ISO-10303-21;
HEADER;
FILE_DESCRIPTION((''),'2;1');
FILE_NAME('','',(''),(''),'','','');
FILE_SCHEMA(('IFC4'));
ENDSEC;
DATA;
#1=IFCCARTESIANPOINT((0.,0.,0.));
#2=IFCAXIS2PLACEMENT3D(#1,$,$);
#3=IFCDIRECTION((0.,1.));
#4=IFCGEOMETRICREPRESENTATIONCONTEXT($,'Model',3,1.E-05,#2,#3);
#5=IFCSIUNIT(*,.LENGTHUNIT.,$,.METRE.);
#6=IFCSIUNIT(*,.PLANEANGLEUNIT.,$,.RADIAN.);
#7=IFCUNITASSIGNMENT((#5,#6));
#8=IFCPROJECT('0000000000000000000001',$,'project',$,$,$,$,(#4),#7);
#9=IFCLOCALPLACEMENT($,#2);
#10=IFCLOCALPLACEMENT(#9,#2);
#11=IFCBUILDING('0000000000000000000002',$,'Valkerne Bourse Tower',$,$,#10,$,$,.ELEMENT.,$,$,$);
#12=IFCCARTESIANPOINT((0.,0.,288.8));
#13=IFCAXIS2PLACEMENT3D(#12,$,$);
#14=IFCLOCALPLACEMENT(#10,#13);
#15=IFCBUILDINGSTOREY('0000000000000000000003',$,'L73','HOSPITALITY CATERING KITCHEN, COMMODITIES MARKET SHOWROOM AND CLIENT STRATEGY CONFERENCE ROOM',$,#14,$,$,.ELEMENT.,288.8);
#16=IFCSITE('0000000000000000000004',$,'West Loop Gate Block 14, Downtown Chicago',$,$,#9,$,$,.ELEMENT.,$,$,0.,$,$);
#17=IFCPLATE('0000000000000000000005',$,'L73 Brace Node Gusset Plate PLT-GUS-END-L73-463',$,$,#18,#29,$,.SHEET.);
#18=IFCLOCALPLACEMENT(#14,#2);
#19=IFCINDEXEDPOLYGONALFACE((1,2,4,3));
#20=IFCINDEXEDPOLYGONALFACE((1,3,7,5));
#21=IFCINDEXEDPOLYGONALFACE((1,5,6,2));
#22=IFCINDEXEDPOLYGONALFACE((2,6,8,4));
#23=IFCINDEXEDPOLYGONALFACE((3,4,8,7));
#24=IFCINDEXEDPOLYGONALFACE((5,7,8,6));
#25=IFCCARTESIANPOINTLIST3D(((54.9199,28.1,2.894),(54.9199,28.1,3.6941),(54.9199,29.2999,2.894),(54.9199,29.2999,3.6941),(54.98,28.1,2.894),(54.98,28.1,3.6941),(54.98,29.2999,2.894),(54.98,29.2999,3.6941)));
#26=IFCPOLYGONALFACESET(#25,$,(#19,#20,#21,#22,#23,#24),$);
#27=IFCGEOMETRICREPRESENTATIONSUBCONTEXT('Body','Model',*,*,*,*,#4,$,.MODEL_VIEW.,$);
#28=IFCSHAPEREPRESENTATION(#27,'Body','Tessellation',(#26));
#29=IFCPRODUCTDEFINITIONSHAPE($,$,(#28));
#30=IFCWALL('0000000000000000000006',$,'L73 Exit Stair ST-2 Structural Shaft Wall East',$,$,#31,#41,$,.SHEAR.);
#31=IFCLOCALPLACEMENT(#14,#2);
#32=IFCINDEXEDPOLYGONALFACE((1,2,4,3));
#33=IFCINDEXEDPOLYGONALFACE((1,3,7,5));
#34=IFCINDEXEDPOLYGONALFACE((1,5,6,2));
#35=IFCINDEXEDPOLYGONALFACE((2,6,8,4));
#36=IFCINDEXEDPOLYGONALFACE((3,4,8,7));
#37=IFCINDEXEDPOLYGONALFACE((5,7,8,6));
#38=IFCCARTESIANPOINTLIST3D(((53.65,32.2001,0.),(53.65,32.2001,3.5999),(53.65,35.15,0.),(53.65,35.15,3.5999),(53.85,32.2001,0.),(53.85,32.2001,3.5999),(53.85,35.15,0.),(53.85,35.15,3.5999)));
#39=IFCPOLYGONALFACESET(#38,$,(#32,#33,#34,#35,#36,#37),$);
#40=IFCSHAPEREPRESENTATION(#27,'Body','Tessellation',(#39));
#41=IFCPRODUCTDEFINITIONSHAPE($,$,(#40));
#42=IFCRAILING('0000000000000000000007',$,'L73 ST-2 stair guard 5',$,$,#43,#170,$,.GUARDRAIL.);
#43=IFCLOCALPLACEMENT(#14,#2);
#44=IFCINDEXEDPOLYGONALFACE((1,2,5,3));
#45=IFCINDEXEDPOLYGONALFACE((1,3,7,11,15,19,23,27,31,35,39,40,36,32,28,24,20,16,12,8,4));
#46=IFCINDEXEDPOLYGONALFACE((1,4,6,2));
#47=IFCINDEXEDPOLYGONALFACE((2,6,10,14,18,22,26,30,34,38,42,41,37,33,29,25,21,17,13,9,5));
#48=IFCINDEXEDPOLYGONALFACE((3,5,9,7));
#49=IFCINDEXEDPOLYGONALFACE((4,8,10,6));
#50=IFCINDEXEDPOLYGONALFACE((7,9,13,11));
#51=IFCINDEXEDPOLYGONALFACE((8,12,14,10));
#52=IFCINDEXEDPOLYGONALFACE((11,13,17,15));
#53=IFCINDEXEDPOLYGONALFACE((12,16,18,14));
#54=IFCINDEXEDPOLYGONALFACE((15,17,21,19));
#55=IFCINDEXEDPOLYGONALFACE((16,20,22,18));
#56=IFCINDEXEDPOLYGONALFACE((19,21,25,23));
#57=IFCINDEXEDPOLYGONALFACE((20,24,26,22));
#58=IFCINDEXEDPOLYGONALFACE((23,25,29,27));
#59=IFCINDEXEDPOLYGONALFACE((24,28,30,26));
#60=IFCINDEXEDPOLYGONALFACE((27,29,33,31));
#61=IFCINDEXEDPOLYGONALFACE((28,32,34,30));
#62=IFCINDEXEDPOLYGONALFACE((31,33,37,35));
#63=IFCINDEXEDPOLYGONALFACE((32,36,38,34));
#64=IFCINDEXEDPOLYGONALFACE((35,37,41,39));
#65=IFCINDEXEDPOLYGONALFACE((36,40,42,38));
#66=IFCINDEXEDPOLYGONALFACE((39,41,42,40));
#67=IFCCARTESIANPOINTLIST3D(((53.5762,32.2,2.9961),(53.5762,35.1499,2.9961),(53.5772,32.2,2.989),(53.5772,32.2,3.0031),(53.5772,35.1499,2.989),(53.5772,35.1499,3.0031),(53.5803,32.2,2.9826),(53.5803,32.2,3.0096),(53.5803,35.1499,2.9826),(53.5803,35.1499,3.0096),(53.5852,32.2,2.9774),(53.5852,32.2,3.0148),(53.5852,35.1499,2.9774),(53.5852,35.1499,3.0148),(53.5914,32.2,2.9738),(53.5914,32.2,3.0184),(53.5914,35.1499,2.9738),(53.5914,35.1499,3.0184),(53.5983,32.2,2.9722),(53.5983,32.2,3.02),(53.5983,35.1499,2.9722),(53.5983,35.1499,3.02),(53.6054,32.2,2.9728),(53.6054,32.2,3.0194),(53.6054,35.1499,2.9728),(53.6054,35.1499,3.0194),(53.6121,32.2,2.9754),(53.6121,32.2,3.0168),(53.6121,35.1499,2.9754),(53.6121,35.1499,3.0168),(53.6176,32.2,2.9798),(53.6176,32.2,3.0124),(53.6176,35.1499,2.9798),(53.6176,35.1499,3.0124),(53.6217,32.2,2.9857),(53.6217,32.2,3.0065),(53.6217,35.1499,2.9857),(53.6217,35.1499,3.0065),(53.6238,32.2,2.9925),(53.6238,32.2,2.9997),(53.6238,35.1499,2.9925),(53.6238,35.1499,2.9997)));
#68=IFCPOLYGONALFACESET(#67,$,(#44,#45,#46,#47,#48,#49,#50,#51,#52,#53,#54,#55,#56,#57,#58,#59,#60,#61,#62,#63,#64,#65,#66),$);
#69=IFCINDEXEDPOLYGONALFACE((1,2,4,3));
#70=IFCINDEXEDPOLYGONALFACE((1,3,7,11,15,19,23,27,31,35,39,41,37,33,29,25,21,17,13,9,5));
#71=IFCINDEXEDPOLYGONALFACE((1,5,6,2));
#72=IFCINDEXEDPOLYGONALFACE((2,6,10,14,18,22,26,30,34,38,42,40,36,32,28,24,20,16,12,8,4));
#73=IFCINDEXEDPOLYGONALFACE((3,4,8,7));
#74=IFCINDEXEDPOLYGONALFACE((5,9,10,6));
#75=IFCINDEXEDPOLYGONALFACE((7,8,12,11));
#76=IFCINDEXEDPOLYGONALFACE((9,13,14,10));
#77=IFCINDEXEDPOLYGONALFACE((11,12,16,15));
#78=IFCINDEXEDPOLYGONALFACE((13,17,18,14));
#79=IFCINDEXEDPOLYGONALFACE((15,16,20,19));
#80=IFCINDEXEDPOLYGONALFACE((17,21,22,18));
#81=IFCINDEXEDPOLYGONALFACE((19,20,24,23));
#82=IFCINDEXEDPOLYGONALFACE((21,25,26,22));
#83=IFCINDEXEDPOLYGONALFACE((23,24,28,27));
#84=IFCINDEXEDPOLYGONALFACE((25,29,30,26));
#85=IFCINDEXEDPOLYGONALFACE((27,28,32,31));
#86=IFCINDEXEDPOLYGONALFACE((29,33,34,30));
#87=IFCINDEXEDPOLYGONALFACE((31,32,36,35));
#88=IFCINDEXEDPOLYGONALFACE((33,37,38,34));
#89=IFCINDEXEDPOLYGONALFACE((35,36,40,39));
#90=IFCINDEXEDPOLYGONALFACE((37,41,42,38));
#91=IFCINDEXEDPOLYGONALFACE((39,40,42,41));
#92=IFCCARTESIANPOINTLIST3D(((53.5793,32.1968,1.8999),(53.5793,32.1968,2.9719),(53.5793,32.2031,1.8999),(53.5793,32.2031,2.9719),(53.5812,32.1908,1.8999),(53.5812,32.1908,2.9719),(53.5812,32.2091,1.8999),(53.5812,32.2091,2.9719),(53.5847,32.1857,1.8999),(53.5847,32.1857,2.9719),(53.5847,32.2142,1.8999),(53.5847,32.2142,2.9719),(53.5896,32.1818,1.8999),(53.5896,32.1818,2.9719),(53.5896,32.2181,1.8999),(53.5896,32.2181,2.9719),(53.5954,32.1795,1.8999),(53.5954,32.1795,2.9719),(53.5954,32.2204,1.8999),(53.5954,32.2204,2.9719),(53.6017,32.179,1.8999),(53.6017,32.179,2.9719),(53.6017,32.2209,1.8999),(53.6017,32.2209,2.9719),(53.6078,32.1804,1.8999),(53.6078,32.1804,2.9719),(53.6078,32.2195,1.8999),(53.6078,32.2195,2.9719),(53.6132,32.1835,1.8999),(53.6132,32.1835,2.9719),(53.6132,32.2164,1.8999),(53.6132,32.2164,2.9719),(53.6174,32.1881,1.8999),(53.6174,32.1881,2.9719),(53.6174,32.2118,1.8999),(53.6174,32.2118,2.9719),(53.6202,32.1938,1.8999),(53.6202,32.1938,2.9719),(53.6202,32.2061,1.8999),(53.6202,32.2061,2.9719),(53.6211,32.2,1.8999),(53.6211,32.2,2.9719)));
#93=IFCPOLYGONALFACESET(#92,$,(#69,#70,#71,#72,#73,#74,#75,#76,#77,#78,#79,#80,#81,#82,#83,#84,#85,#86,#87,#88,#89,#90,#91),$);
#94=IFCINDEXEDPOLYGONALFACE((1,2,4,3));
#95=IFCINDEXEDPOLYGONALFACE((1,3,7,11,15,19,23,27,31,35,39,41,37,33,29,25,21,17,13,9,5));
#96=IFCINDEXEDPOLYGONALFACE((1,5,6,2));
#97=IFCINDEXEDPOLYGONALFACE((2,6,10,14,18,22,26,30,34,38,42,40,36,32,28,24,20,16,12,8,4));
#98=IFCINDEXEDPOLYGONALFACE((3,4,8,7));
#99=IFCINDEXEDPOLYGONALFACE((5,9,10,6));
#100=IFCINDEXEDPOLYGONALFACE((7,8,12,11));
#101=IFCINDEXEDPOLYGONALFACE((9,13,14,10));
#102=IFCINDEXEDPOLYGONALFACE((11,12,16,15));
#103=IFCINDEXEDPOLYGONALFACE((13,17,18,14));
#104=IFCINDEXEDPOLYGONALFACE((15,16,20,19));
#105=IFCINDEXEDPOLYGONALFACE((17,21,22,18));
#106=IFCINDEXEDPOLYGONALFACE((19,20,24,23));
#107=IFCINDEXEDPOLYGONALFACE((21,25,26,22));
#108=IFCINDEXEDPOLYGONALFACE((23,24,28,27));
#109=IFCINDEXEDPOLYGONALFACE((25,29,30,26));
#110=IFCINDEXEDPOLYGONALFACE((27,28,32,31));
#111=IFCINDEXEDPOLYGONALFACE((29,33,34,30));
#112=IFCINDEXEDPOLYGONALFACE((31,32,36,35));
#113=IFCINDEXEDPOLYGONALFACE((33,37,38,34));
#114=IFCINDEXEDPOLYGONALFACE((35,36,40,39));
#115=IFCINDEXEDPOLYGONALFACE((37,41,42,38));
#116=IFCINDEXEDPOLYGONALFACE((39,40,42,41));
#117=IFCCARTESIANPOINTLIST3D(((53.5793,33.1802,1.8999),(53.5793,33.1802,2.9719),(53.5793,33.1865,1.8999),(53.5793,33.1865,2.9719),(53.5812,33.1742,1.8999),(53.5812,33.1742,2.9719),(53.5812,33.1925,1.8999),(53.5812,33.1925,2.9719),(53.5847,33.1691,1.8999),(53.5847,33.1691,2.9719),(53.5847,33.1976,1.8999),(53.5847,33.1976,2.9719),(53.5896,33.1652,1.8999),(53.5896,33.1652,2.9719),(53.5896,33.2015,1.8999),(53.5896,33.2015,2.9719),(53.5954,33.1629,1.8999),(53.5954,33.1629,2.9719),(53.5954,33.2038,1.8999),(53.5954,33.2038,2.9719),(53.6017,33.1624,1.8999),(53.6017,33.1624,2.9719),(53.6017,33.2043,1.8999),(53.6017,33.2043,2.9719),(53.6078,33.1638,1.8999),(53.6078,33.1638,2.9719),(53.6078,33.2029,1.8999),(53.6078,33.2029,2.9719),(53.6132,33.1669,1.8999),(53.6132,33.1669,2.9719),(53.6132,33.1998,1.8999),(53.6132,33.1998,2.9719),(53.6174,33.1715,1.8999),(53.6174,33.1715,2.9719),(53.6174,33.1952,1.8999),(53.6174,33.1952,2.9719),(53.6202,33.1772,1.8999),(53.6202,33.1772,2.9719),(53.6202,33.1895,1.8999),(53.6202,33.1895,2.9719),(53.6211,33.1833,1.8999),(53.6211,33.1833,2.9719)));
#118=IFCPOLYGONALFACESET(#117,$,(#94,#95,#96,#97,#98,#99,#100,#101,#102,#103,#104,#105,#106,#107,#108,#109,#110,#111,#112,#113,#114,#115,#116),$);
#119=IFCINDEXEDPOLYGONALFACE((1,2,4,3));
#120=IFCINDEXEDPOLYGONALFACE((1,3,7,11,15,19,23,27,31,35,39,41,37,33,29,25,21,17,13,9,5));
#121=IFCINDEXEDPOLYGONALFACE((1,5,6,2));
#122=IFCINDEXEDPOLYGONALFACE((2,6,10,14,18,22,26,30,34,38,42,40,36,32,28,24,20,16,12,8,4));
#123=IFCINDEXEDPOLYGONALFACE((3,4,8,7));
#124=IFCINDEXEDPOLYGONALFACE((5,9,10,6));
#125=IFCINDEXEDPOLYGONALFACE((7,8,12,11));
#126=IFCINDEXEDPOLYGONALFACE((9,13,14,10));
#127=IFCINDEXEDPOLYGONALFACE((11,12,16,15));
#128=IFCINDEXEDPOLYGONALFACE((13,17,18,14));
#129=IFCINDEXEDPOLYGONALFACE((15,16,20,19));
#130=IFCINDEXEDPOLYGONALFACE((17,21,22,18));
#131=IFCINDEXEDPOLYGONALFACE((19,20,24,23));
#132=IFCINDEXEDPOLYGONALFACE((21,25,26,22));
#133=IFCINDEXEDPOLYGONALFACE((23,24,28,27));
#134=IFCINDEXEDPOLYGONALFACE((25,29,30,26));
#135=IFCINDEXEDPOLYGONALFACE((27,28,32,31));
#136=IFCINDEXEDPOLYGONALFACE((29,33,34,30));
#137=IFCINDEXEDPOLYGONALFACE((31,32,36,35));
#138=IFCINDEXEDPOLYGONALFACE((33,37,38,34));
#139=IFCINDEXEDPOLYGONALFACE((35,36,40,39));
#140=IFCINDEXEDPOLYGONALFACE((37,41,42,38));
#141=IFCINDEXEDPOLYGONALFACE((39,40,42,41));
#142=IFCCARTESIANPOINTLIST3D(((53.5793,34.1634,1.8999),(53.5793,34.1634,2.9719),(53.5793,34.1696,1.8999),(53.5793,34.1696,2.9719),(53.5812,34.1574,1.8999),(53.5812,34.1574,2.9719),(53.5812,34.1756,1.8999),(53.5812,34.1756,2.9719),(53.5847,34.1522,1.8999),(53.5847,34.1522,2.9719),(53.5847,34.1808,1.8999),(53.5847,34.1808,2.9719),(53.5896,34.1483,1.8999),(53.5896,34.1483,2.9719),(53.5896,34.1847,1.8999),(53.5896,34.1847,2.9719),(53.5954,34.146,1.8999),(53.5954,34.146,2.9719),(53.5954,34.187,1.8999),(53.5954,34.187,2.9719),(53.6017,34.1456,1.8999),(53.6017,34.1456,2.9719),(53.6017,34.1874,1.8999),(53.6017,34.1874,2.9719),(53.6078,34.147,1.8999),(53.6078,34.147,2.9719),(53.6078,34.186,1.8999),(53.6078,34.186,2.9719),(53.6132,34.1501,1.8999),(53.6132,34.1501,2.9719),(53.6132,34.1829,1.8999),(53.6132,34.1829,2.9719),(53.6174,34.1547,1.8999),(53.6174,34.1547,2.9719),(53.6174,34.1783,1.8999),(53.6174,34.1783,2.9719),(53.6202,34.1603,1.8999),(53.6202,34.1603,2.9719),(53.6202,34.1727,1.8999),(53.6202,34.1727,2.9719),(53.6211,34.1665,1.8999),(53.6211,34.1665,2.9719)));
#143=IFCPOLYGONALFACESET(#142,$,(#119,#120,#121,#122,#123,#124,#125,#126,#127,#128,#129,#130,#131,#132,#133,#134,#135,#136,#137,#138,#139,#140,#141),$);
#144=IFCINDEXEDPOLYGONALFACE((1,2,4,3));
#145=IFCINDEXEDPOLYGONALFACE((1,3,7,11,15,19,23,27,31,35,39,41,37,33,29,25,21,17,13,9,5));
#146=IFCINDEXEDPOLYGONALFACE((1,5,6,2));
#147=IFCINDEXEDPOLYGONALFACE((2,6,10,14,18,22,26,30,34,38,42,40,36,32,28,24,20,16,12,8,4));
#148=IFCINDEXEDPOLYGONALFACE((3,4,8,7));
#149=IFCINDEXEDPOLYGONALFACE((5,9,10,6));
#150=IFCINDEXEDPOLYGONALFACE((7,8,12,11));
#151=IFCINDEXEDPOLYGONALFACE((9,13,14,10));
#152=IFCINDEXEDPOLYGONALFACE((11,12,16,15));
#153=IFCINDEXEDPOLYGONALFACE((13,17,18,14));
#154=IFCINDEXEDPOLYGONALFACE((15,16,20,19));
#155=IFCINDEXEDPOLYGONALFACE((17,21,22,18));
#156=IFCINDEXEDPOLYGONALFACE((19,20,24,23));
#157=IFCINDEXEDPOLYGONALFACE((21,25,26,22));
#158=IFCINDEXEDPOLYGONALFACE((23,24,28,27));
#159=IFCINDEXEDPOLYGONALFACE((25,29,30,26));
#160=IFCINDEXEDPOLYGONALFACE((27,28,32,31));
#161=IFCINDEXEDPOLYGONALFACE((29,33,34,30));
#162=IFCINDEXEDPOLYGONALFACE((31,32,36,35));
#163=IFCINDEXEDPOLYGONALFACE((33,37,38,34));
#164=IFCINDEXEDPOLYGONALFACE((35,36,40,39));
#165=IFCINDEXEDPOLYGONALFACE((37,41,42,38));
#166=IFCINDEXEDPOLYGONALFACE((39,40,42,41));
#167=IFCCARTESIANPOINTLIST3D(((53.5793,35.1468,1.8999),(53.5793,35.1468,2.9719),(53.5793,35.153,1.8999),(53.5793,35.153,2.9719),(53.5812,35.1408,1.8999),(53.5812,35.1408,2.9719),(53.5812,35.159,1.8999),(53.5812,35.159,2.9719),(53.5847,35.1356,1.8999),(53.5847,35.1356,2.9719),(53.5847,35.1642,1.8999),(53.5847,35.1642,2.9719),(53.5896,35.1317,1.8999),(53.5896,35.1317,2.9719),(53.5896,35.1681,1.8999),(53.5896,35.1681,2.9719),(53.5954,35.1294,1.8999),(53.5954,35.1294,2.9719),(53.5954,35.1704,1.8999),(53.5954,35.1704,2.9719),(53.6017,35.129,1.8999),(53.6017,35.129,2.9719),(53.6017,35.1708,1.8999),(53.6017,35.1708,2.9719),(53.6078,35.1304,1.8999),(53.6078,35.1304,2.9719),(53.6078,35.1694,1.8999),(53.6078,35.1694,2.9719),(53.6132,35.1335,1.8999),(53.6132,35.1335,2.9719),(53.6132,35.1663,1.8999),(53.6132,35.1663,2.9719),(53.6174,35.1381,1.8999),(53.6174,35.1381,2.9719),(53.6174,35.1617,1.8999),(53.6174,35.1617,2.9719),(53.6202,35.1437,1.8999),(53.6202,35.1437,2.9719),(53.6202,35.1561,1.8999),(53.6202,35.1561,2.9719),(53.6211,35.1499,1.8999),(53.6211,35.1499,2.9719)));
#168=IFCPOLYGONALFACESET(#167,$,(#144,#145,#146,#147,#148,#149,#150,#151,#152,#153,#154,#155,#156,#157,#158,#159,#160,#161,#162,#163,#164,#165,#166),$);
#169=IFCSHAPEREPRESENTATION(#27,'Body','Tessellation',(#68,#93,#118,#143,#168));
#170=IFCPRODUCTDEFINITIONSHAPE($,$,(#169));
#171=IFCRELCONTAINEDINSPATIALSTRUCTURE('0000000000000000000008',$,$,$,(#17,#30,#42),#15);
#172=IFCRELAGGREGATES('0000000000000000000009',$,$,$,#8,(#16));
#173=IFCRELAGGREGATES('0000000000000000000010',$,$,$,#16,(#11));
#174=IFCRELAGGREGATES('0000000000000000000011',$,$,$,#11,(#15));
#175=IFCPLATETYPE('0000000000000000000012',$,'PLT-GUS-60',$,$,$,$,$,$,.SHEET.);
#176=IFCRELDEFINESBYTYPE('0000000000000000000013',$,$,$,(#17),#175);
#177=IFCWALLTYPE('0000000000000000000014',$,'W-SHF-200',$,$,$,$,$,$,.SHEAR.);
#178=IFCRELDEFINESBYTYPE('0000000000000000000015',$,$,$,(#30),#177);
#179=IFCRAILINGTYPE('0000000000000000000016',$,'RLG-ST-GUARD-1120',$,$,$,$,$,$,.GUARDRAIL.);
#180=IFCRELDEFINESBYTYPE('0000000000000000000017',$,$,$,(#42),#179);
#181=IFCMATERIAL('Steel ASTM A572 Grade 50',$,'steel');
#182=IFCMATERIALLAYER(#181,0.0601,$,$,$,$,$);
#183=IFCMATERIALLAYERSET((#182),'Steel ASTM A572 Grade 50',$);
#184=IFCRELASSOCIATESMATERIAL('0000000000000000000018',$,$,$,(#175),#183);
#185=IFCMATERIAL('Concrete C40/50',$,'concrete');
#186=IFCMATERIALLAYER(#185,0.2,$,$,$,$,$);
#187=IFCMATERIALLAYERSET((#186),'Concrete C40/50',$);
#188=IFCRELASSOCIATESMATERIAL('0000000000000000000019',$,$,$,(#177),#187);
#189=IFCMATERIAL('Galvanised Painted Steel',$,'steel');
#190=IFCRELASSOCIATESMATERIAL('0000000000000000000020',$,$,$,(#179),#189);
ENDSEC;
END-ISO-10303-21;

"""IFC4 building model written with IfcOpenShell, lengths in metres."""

from ifc_helpers import new_model, si_unit, direction, frame, frame_2d, origin, origin_2d, place, context, subcontext, project, spatial, rectangle, circle, extrude, material, layer, layer_set, type_object, element, save


model = new_model("IFC4")

# Units and contexts
model_context = context("Model", 3, precision=1e-05, world=origin(), true_north=direction((0.0, 1.0)))
body_context = subcontext(model_context, "Body", "Model", "MODEL_VIEW")
ifc_project = project(units=[si_unit("LENGTHUNIT", "METRE"), si_unit("PLANEANGLEUNIT", "RADIAN")], contexts=[model_context])

# Site, building, storey
site_placement = place(None, origin())
site = spatial("IfcSite", under=ifc_project, at=site_placement, Name="West Loop Gate Block 14, Downtown Chicago", CompositionType="ELEMENT", RefElevation=0.0)
building_placement = place(site_placement, origin())
building = spatial("IfcBuilding", under=site, at=building_placement, Name="Valkerne Bourse Tower", CompositionType="ELEMENT")
storey_placement = place(building_placement, frame((0.0, 0.0, 288.8)))
storey = spatial("IfcBuildingStorey", under=building, at=storey_placement, Name="L73", Description="HOSPITALITY CATERING KITCHEN, COMMODITIES MARKET SHOWROOM AND CLIENT STRATEGY CONFERENCE ROOM", CompositionType="ELEMENT", Elevation=288.8)

# Plate
ifc_material_1 = material(Name="Steel ASTM A572 Grade 50", Category="steel")
ifc_layer_1 = layer(ifc_material_1, 0.0601)
ifc_layer_set_1 = layer_set([ifc_layer_1], Name="Steel ASTM A572 Grade 50")
plate_type_1 = type_object("IfcPlateType", Name="PLT-GUS-60", PredefinedType="SHEET", material=ifc_layer_set_1)
plate_1_placement = place(storey_placement, frame((54.95, 28.7, 2.894), z_axis=(0.0, 0.0, 1.0), x_axis=(0.0, 1.0, 0.0)))
element("IfcPlate", 1, at=plate_1_placement, inside=storey, type_object=plate_type_1, Name="L73 Brace Node Gusset Plate PLT-GUS-END-L73-463", PredefinedType="SHEET", context=body_context, shape_type="SweptSolid", body=[
    extrude(rectangle(XDim=1.2, YDim=0.0601, at=origin_2d()), origin(), (0.0, 0.0, 1.0), 0.8),
])

# Wall
ifc_material_2 = material(Name="Concrete C40/50", Category="concrete")
ifc_layer_2 = layer(ifc_material_2, 0.2)
ifc_layer_set_2 = layer_set([ifc_layer_2], Name="Concrete C40/50")
wall_type = type_object("IfcWallType", Name="W-SHF-200", PredefinedType="SHEAR", material=ifc_layer_set_2)
wall_placement = place(storey_placement, frame((53.75, 32.2, 0.0), z_axis=(0.0, 0.0, 1.0), x_axis=(0.0, 1.0, 0.0)))
element("IfcWall", 2, at=wall_placement, inside=storey, type_object=wall_type, Name="L73 Exit Stair ST-2 Structural Shaft Wall East", PredefinedType="SHEAR", context=body_context, shape_type="SweptSolid", body=[
    extrude(rectangle(XDim=2.95, YDim=0.2, at=frame_2d((1.4751, 0.0))), origin(), (0.0, 0.0, 1.0), 3.5999),
])

# Railing
ifc_material_3 = material(Name="Galvanised Painted Steel", Category="steel")
railing_type = type_object("IfcRailingType", Name="RLG-ST-GUARD-1120", PredefinedType="GUARDRAIL", material=ifc_material_3)
railing_1_placement = place(storey_placement, frame((53.6001, 32.2, 1.8999)))
element("IfcRailing", 3, at=railing_1_placement, inside=storey, type_object=railing_type, Name="L73 ST-2 stair guard 5", PredefinedType="GUARDRAIL", context=body_context, shape_type="SweptSolid", body=[
    extrude(circle(Radius=0.0239, at=origin_2d()), frame((0.0, 0.0, 1.0962), z_axis=(0.0, 1.0, 0.0), x_axis=(-1.0, 0.0, 0.0)), (0.0, 0.0, 1.0), 2.95),
    extrude(circle(Radius=0.021, at=origin_2d()), origin(), (0.0, 0.0, 1.0), 1.072),
    extrude(circle(Radius=0.021, at=origin_2d()), frame((0.0, 0.9834, 0.0)), (0.0, 0.0, 1.0), 1.072),
    extrude(circle(Radius=0.021, at=origin_2d()), frame((0.0, 1.9666, 0.0)), (0.0, 0.0, 1.0), 1.072),
    extrude(circle(Radius=0.021, at=origin_2d()), frame((0.0, 2.95, 0.0)), (0.0, 0.0, 1.0), 1.072),
])

save(model, "model.ifc")
